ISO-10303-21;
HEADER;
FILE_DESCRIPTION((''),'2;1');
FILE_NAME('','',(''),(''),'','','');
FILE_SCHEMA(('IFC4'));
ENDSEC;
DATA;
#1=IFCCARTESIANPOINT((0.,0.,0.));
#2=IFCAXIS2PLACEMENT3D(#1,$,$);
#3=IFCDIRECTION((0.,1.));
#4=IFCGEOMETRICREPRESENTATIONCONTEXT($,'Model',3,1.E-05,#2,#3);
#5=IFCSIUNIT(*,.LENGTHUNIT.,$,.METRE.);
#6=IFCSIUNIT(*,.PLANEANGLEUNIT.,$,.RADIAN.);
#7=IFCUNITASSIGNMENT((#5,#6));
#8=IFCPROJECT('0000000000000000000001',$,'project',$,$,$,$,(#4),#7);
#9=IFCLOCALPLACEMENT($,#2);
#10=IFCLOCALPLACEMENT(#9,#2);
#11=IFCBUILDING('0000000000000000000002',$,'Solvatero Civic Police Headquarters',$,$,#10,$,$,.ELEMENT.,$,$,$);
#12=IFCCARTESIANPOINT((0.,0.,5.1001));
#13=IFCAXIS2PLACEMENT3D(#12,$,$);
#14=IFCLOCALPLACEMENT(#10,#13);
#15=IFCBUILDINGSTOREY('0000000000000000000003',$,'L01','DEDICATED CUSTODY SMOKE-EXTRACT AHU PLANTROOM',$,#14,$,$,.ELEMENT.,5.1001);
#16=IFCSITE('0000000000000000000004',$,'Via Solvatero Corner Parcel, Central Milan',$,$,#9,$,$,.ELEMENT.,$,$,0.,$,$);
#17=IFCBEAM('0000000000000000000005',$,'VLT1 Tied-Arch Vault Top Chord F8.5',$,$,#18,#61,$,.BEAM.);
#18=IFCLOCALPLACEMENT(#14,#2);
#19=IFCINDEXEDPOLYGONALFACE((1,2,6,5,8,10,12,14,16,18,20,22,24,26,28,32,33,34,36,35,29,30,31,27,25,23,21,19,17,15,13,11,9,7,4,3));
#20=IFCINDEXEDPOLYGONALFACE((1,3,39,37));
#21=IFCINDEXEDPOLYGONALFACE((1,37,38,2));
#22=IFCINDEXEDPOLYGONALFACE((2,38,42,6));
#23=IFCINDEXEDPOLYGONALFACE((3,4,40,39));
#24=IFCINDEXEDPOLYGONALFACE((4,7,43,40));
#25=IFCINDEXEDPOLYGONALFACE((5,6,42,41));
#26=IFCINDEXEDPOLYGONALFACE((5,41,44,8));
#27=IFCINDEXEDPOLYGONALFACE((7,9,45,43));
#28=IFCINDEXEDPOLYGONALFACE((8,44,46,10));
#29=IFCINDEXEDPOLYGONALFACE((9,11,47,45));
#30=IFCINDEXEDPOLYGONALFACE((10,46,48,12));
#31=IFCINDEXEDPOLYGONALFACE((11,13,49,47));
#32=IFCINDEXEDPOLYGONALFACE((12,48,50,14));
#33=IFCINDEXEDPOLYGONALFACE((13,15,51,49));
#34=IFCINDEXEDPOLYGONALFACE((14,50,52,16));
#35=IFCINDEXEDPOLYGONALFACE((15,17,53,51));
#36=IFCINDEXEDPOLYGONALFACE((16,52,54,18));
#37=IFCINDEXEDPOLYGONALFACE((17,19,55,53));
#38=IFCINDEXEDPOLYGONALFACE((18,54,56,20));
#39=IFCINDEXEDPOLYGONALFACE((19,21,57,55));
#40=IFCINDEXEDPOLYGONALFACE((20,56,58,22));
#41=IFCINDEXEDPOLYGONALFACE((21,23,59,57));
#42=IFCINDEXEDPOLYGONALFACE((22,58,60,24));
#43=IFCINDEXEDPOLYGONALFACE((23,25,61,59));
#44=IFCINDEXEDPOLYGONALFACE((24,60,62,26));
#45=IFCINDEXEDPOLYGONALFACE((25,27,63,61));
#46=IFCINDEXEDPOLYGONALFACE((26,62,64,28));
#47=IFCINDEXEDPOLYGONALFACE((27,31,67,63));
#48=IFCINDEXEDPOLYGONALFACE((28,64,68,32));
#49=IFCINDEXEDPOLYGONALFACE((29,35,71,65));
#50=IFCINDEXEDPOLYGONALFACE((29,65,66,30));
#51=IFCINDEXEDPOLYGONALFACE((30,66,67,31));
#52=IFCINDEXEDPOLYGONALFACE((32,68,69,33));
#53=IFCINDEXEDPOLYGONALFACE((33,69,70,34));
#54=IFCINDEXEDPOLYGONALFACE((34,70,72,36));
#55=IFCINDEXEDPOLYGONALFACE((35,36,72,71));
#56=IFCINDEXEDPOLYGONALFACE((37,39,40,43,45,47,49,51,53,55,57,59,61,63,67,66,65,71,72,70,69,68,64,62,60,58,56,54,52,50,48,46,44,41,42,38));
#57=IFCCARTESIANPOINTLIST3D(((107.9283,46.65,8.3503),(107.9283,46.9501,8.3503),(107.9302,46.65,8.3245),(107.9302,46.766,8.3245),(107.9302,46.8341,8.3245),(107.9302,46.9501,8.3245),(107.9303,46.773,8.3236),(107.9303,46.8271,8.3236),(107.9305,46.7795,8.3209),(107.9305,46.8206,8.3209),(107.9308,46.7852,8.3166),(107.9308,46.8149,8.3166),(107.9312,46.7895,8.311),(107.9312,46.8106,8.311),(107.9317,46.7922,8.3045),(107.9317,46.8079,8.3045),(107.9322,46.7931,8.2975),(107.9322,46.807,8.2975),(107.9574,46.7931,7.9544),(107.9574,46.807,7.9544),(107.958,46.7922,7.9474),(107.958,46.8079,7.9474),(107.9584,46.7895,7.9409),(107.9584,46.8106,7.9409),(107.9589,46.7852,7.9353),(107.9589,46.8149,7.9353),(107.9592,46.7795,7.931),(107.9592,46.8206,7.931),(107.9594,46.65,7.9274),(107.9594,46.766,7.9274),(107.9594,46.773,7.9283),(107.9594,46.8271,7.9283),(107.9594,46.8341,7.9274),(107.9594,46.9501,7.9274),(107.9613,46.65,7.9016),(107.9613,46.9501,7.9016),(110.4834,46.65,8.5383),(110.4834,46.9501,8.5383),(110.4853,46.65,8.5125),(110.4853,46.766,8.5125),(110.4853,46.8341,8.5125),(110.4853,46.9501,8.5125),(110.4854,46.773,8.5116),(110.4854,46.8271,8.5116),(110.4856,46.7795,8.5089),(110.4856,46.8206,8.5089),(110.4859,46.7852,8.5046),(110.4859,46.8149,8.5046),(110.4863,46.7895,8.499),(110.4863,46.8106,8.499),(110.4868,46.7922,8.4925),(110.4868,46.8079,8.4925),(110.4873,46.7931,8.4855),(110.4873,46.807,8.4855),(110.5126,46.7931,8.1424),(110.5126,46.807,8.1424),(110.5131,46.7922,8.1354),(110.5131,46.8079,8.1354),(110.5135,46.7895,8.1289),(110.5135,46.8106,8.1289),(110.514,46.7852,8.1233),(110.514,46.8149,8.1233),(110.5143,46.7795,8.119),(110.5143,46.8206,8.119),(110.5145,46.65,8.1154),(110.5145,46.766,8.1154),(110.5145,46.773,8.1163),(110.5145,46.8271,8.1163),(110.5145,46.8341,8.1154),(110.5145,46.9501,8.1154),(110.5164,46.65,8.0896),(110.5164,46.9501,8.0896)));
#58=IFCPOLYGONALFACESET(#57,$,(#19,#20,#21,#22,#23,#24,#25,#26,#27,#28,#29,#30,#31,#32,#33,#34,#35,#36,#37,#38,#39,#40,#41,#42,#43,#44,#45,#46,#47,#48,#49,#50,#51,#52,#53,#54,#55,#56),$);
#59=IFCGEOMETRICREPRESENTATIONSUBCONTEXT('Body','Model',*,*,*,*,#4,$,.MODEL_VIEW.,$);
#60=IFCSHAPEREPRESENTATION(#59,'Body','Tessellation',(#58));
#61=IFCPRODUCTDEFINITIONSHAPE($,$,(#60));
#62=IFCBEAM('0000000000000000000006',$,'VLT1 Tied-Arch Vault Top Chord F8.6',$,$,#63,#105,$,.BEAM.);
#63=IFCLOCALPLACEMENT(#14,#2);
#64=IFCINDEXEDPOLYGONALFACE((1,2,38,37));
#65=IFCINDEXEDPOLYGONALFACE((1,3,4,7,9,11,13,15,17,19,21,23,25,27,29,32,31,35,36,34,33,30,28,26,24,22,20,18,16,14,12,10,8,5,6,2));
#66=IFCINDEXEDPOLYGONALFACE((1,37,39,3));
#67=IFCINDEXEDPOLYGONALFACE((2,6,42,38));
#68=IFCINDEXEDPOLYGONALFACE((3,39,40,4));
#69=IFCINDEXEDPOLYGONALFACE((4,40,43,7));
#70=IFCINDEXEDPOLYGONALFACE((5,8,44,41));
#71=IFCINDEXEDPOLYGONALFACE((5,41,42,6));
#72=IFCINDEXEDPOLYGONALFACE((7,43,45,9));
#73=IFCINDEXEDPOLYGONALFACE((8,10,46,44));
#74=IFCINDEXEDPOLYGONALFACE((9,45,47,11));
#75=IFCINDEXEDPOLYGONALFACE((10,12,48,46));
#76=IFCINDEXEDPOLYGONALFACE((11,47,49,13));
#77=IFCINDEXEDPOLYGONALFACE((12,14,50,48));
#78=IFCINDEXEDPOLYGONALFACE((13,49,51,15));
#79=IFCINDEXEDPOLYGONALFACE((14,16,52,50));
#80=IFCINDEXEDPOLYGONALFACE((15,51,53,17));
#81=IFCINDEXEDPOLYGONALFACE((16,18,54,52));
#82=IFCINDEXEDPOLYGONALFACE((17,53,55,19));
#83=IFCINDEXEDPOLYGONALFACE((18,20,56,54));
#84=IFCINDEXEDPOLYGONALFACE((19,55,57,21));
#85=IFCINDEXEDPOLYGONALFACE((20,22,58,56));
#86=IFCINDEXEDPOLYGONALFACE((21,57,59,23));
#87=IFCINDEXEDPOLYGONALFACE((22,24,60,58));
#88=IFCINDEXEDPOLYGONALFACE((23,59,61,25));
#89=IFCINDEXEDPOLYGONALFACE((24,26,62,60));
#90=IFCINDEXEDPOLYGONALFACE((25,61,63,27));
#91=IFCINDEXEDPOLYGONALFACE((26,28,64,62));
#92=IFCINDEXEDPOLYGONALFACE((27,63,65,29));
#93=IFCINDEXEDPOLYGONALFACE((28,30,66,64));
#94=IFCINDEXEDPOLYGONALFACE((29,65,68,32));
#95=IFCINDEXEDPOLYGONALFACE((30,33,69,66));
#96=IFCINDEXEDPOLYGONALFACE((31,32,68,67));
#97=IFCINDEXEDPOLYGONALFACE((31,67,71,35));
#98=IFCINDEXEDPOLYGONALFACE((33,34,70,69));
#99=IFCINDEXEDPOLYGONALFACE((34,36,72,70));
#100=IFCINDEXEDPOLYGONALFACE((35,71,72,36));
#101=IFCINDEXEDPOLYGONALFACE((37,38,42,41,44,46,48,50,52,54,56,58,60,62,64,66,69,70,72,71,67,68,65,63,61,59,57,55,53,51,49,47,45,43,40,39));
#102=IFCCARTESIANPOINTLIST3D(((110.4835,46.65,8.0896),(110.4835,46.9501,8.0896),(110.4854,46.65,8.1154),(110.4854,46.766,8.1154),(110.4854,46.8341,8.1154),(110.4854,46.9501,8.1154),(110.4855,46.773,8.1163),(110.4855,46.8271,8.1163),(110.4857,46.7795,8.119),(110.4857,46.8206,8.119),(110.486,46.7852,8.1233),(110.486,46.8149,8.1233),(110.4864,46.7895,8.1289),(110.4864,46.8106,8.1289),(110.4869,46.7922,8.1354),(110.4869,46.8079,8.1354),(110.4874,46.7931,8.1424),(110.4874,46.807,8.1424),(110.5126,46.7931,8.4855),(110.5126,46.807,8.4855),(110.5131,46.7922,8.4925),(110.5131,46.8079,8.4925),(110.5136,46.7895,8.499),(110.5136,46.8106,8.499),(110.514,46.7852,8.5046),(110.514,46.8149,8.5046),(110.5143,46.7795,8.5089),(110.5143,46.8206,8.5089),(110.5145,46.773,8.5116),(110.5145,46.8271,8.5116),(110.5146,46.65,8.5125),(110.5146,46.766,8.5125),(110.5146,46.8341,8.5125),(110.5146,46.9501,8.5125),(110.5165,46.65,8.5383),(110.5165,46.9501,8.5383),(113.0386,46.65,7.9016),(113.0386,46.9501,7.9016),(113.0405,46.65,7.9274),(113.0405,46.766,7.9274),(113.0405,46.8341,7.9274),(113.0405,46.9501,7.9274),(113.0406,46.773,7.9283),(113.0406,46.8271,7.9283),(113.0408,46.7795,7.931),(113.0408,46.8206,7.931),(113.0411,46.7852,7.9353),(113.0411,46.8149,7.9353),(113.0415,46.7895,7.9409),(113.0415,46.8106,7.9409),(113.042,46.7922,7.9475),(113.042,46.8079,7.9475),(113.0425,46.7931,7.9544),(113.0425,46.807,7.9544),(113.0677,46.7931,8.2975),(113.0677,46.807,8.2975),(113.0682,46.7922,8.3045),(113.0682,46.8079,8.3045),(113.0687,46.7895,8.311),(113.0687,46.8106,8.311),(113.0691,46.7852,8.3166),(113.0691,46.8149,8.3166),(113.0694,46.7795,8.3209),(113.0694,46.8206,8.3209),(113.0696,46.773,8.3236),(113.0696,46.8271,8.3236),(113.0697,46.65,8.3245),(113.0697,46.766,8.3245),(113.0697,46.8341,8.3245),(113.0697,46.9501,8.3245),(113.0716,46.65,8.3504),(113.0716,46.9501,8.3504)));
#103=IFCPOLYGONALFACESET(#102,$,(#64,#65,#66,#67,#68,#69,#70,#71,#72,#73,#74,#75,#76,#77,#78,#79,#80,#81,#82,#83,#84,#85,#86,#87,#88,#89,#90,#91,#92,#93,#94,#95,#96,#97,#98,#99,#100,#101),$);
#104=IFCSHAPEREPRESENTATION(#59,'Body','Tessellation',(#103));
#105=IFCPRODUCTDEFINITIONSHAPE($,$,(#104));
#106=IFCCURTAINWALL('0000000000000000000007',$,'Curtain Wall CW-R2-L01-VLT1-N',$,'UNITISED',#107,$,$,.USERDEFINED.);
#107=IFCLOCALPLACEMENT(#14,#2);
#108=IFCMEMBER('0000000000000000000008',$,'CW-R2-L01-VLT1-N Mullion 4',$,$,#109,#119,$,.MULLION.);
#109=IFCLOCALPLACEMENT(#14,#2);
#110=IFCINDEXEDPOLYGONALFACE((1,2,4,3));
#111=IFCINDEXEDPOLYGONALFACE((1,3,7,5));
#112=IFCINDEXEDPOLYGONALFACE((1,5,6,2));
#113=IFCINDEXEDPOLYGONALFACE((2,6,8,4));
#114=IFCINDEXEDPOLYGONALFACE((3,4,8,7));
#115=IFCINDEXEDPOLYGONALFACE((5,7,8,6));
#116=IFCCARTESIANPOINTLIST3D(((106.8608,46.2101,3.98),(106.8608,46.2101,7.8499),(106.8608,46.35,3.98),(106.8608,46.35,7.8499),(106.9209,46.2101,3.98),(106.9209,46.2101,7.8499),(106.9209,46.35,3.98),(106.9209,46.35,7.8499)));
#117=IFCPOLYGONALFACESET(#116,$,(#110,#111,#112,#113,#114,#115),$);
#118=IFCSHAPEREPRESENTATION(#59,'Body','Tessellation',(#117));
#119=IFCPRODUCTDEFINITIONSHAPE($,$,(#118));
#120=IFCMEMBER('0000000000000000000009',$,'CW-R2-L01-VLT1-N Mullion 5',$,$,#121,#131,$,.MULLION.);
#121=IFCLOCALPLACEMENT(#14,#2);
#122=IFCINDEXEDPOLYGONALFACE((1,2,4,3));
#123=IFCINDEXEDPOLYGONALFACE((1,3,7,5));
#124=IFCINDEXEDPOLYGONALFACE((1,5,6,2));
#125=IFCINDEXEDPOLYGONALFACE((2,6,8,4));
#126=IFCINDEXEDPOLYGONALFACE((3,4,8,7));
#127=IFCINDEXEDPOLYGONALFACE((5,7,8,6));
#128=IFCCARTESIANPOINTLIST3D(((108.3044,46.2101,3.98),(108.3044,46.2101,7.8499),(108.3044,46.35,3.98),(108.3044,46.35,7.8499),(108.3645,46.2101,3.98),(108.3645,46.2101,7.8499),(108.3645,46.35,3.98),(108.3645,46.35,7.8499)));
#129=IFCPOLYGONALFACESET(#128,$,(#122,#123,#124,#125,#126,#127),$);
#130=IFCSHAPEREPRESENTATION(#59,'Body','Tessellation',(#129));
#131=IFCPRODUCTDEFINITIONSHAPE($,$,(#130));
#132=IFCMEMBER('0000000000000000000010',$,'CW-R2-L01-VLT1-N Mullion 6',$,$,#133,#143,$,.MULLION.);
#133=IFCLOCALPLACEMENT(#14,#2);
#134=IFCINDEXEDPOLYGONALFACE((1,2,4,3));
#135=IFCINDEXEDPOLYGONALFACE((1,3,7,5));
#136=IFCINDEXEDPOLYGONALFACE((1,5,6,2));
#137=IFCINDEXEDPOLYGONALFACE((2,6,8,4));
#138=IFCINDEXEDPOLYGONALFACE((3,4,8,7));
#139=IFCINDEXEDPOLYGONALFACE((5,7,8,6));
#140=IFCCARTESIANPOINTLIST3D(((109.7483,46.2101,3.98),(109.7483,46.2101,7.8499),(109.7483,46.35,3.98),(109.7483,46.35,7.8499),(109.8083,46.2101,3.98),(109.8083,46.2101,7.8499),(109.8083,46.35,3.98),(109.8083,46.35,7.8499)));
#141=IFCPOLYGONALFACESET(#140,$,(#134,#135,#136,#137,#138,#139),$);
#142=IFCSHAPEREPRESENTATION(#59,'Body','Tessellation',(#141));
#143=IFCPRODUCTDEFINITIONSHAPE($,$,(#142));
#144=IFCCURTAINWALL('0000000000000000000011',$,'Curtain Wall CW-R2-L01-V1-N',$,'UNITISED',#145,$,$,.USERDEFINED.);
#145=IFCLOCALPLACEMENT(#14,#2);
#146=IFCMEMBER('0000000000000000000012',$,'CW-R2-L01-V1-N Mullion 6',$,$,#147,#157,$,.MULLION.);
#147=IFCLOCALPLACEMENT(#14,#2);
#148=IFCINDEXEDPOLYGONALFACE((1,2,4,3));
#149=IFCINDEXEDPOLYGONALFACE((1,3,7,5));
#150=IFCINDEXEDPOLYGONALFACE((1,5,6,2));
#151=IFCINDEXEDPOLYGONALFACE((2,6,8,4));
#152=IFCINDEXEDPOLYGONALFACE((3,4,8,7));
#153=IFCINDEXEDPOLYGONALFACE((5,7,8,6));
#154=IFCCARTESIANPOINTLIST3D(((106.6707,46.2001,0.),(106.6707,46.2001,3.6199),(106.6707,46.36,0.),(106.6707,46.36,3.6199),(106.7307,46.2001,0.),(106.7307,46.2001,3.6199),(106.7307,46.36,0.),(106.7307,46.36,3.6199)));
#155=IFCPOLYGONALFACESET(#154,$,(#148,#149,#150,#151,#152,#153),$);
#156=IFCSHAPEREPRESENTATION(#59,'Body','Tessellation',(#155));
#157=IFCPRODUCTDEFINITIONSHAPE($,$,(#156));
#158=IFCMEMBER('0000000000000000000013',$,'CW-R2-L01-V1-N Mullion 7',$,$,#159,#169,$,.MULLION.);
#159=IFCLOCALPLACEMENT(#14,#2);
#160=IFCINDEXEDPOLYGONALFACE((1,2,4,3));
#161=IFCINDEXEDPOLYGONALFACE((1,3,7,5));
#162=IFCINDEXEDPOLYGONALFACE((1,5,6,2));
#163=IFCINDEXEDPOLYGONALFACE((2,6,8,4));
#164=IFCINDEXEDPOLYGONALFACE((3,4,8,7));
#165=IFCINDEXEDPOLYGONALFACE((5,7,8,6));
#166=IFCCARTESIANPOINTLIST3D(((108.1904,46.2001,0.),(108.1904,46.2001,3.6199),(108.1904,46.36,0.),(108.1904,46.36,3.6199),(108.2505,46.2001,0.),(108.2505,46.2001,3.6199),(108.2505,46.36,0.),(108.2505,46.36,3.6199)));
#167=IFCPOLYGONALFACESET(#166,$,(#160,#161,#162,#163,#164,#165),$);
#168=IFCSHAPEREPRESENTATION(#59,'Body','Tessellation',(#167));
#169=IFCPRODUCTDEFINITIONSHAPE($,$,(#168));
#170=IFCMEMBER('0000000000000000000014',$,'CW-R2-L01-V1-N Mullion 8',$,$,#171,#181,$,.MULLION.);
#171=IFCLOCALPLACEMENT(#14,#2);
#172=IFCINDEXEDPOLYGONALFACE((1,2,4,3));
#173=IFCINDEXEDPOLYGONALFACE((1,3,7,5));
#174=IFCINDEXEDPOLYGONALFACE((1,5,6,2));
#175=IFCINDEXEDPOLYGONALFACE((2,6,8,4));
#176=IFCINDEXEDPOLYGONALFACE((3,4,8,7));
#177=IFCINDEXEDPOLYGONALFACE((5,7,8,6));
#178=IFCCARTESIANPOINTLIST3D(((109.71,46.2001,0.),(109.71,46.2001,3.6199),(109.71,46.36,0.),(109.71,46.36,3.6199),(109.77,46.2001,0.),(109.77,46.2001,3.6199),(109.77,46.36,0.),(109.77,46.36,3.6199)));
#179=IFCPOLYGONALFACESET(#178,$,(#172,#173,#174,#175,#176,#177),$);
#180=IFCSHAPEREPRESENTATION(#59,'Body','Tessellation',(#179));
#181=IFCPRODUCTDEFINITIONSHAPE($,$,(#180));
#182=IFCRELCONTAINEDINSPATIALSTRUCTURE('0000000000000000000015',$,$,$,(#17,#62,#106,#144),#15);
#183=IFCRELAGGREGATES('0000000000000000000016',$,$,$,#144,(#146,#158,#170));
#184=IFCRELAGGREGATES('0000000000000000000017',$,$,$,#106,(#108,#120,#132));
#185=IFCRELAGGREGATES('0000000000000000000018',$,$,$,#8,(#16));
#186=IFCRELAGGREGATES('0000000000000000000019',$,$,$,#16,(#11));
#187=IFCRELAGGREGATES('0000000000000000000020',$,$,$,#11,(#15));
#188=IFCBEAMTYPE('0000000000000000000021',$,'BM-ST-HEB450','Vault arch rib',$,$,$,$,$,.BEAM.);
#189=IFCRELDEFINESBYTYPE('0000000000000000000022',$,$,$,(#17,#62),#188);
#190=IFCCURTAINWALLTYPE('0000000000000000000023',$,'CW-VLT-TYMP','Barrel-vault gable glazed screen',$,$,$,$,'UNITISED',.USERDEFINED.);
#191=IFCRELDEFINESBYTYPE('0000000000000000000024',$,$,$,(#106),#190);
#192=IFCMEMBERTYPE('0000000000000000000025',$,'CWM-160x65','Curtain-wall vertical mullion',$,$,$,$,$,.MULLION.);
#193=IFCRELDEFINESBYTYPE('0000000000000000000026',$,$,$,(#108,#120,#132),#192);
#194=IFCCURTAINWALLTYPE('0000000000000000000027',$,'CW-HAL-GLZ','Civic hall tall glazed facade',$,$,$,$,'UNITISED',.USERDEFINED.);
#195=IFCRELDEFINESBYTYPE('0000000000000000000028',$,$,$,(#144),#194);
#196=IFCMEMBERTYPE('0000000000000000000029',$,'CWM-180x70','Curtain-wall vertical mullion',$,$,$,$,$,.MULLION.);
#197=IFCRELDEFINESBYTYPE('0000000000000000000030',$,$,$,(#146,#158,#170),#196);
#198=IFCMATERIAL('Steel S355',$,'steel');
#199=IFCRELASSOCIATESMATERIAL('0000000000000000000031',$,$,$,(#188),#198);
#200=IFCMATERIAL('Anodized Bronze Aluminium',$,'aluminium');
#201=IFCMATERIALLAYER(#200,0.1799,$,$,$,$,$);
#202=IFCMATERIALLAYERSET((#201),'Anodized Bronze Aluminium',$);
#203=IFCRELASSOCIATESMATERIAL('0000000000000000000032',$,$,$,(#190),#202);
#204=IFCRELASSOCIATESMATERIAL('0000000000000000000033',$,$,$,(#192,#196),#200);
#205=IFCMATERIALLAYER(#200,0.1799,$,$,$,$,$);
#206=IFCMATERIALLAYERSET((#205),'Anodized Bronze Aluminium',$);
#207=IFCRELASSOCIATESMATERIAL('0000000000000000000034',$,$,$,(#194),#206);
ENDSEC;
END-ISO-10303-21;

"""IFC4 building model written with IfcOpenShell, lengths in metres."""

from ifc_helpers import new_model, si_unit, direction, frame, origin, origin_2d, place, context, subcontext, project, spatial, rectangle, i_section, extrude, material, layer, layer_set, material_profile, profile_set, type_object, element, aggregate, save


model = new_model("IFC4")

# Units and contexts
model_context = context("Model", 3, precision=1e-05, world=origin(), true_north=direction((0.0, 1.0)))
body_context = subcontext(model_context, "Body", "Model", "MODEL_VIEW")
ifc_project = project(units=[si_unit("LENGTHUNIT", "METRE"), si_unit("PLANEANGLEUNIT", "RADIAN")], contexts=[model_context])

# Site, building, storey
site_placement = place(None, origin())
site = spatial("IfcSite", under=ifc_project, at=site_placement, Name="Via Solvatero Corner Parcel, Central Milan", CompositionType="ELEMENT", RefElevation=0.0)
building_placement = place(site_placement, origin())
building = spatial("IfcBuilding", under=site, at=building_placement, Name="Solvatero Civic Police Headquarters", CompositionType="ELEMENT")
storey_placement = place(building_placement, frame((0.0, 0.0, 5.1001)))
storey = spatial("IfcBuildingStorey", under=building, at=storey_placement, Name="L01", Description="DEDICATED CUSTODY SMOKE-EXTRACT AHU PLANTROOM", CompositionType="ELEMENT", Elevation=5.1001)

# Beams
ifc_material_1 = material(Name="Steel S355", Category="steel")
ifc_material_profile_1 = material_profile(ifc_material_1, i_section(OverallWidth=0.3, OverallDepth=0.45, WebThickness=0.0139, FlangeThickness=0.0259, FilletRadius=0.0271, at=origin_2d()), Name="HEB 450")
ifc_profile_set_1 = profile_set([ifc_material_profile_1], Name="Steel S355")
beam_type = type_object("IfcBeamType", Name="BM-ST-HEB450", Description="Vault arch rib", PredefinedType="BEAM", material=ifc_profile_set_1)
for number, where, z_axis, x_axis, name in (
    (1, (107.9448, 46.8, 8.126), (0.997305, 0.0, 0.073373), (0.0, 1.0, 0.0), "VLT1 Tied-Arch Vault Top Chord F8.5"),
    (2, (110.5, 46.8, 8.314), (0.997305, 0.0, -0.073373), (0.0, 1.0, 0.0), "VLT1 Tied-Arch Vault Top Chord F8.6"),
):
    element("IfcBeam", number, at=place(storey_placement, frame(where, z_axis=z_axis, x_axis=x_axis)), inside=storey, type_object=beam_type, Name=name, PredefinedType="BEAM", context=body_context, shape_type="SweptSolid", body=[
        extrude(i_section(OverallWidth=0.3, OverallDepth=0.45, WebThickness=0.0139, FlangeThickness=0.0259, FilletRadius=0.0271, at=origin_2d()), origin(), (0.0, 0.0, 1.0), 2.562),
    ])

# Curtain walls, members
ifc_material_2 = material(Name="Anodized Bronze Aluminium", Category="aluminium")
ifc_layer_1 = layer(ifc_material_2, 0.1799)
ifc_layer_set_1 = layer_set([ifc_layer_1], Name="Anodized Bronze Aluminium")
curtain_wall_type_1 = type_object("IfcCurtainWallType", Name="CW-VLT-TYMP", Description="Barrel-vault gable glazed screen", ElementType="UNITISED", PredefinedType="USERDEFINED", material=ifc_layer_set_1)
curtain_wall_1_placement = place(storey_placement, origin())
curtain_wall_1 = element("IfcCurtainWall", 3, at=curtain_wall_1_placement, inside=storey, type_object=curtain_wall_type_1, Name="Curtain Wall CW-R2-L01-VLT1-N", ObjectType="UNITISED", PredefinedType="USERDEFINED")
ifc_material_profile_2 = material_profile(ifc_material_2, rectangle(XDim=0.0601, YDim=0.1399, at=origin_2d()), Name="ALU MULLION 60x140")
ifc_profile_set_2 = profile_set([ifc_material_profile_2], Name="Anodized Bronze Aluminium")
member_type_1 = type_object("IfcMemberType", Name="CWM-160x65", Description="Curtain-wall vertical mullion", PredefinedType="MULLION", material=ifc_profile_set_2)
member_1_placement = place(storey_placement, frame((106.8909, 46.28, 3.98), z_axis=(0.0, 0.0, 1.0), x_axis=(1.0, 0.0, 0.0)))
member_1 = element("IfcMember", 4, at=member_1_placement, type_object=member_type_1, Name="CW-R2-L01-VLT1-N Mullion 4", PredefinedType="MULLION", context=body_context, shape_type="SweptSolid", body=[
    extrude(rectangle(XDim=0.0601, YDim=0.1399, at=origin_2d()), origin(), (0.0, 0.0, 1.0), 3.8699),
])
member_2_placement = place(storey_placement, frame((108.3345, 46.28, 3.98), z_axis=(0.0, 0.0, 1.0), x_axis=(1.0, 0.0, 0.0)))
member_2 = element("IfcMember", 5, at=member_2_placement, type_object=member_type_1, Name="CW-R2-L01-VLT1-N Mullion 5", PredefinedType="MULLION", context=body_context, shape_type="SweptSolid", body=[
    extrude(rectangle(XDim=0.0601, YDim=0.1399, at=origin_2d()), origin(), (0.0, 0.0, 1.0), 3.8699),
])
member_3_placement = place(storey_placement, frame((109.7783, 46.28, 3.98), z_axis=(0.0, 0.0, 1.0), x_axis=(1.0, 0.0, 0.0)))
member_3 = element("IfcMember", 6, at=member_3_placement, type_object=member_type_1, Name="CW-R2-L01-VLT1-N Mullion 6", PredefinedType="MULLION", context=body_context, shape_type="SweptSolid", body=[
    extrude(rectangle(XDim=0.0601, YDim=0.1399, at=origin_2d()), origin(), (0.0, 0.0, 1.0), 3.8699),
])
ifc_layer_2 = layer(ifc_material_2, 0.1799)
ifc_layer_set_2 = layer_set([ifc_layer_2], Name="Anodized Bronze Aluminium")
curtain_wall_type_2 = type_object("IfcCurtainWallType", Name="CW-HAL-GLZ", Description="Civic hall tall glazed facade", ElementType="UNITISED", PredefinedType="USERDEFINED", material=ifc_layer_set_2)
curtain_wall_2_placement = place(storey_placement, origin())
curtain_wall_2 = element("IfcCurtainWall", 7, at=curtain_wall_2_placement, inside=storey, type_object=curtain_wall_type_2, Name="Curtain Wall CW-R2-L01-V1-N", ObjectType="UNITISED", PredefinedType="USERDEFINED")
ifc_material_profile_3 = material_profile(ifc_material_2, rectangle(XDim=0.0601, YDim=0.1599, at=origin_2d()), Name="ALU MULLION 60x160")
ifc_profile_set_3 = profile_set([ifc_material_profile_3], Name="Anodized Bronze Aluminium")
member_type_2 = type_object("IfcMemberType", Name="CWM-180x70", Description="Curtain-wall vertical mullion", PredefinedType="MULLION", material=ifc_profile_set_3)
member_4_placement = place(storey_placement, frame((106.7007, 46.28, 0.0), z_axis=(0.0, 0.0, 1.0), x_axis=(1.0, 0.0, 0.0)))
member_4 = element("IfcMember", 8, at=member_4_placement, type_object=member_type_2, Name="CW-R2-L01-V1-N Mullion 6", PredefinedType="MULLION", context=body_context, shape_type="SweptSolid", body=[
    extrude(rectangle(XDim=0.0601, YDim=0.1599, at=origin_2d()), origin(), (0.0, 0.0, 1.0), 3.6199),
])
member_5_placement = place(storey_placement, frame((108.2205, 46.28, 0.0), z_axis=(0.0, 0.0, 1.0), x_axis=(1.0, 0.0, 0.0)))
member_5 = element("IfcMember", 9, at=member_5_placement, type_object=member_type_2, Name="CW-R2-L01-V1-N Mullion 7", PredefinedType="MULLION", context=body_context, shape_type="SweptSolid", body=[
    extrude(rectangle(XDim=0.0601, YDim=0.1599, at=origin_2d()), origin(), (0.0, 0.0, 1.0), 3.6199),
])
member_6_placement = place(storey_placement, frame((109.74, 46.28, 0.0), z_axis=(0.0, 0.0, 1.0), x_axis=(1.0, 0.0, 0.0)))
member_6 = element("IfcMember", 10, at=member_6_placement, type_object=member_type_2, Name="CW-R2-L01-V1-N Mullion 8", PredefinedType="MULLION", context=body_context, shape_type="SweptSolid", body=[
    extrude(rectangle(XDim=0.0601, YDim=0.1599, at=origin_2d()), origin(), (0.0, 0.0, 1.0), 3.6199),
])

aggregate(curtain_wall_2, [member_4, member_5, member_6])
aggregate(curtain_wall_1, [member_1, member_2, member_3])

save(model, "model.ifc")
